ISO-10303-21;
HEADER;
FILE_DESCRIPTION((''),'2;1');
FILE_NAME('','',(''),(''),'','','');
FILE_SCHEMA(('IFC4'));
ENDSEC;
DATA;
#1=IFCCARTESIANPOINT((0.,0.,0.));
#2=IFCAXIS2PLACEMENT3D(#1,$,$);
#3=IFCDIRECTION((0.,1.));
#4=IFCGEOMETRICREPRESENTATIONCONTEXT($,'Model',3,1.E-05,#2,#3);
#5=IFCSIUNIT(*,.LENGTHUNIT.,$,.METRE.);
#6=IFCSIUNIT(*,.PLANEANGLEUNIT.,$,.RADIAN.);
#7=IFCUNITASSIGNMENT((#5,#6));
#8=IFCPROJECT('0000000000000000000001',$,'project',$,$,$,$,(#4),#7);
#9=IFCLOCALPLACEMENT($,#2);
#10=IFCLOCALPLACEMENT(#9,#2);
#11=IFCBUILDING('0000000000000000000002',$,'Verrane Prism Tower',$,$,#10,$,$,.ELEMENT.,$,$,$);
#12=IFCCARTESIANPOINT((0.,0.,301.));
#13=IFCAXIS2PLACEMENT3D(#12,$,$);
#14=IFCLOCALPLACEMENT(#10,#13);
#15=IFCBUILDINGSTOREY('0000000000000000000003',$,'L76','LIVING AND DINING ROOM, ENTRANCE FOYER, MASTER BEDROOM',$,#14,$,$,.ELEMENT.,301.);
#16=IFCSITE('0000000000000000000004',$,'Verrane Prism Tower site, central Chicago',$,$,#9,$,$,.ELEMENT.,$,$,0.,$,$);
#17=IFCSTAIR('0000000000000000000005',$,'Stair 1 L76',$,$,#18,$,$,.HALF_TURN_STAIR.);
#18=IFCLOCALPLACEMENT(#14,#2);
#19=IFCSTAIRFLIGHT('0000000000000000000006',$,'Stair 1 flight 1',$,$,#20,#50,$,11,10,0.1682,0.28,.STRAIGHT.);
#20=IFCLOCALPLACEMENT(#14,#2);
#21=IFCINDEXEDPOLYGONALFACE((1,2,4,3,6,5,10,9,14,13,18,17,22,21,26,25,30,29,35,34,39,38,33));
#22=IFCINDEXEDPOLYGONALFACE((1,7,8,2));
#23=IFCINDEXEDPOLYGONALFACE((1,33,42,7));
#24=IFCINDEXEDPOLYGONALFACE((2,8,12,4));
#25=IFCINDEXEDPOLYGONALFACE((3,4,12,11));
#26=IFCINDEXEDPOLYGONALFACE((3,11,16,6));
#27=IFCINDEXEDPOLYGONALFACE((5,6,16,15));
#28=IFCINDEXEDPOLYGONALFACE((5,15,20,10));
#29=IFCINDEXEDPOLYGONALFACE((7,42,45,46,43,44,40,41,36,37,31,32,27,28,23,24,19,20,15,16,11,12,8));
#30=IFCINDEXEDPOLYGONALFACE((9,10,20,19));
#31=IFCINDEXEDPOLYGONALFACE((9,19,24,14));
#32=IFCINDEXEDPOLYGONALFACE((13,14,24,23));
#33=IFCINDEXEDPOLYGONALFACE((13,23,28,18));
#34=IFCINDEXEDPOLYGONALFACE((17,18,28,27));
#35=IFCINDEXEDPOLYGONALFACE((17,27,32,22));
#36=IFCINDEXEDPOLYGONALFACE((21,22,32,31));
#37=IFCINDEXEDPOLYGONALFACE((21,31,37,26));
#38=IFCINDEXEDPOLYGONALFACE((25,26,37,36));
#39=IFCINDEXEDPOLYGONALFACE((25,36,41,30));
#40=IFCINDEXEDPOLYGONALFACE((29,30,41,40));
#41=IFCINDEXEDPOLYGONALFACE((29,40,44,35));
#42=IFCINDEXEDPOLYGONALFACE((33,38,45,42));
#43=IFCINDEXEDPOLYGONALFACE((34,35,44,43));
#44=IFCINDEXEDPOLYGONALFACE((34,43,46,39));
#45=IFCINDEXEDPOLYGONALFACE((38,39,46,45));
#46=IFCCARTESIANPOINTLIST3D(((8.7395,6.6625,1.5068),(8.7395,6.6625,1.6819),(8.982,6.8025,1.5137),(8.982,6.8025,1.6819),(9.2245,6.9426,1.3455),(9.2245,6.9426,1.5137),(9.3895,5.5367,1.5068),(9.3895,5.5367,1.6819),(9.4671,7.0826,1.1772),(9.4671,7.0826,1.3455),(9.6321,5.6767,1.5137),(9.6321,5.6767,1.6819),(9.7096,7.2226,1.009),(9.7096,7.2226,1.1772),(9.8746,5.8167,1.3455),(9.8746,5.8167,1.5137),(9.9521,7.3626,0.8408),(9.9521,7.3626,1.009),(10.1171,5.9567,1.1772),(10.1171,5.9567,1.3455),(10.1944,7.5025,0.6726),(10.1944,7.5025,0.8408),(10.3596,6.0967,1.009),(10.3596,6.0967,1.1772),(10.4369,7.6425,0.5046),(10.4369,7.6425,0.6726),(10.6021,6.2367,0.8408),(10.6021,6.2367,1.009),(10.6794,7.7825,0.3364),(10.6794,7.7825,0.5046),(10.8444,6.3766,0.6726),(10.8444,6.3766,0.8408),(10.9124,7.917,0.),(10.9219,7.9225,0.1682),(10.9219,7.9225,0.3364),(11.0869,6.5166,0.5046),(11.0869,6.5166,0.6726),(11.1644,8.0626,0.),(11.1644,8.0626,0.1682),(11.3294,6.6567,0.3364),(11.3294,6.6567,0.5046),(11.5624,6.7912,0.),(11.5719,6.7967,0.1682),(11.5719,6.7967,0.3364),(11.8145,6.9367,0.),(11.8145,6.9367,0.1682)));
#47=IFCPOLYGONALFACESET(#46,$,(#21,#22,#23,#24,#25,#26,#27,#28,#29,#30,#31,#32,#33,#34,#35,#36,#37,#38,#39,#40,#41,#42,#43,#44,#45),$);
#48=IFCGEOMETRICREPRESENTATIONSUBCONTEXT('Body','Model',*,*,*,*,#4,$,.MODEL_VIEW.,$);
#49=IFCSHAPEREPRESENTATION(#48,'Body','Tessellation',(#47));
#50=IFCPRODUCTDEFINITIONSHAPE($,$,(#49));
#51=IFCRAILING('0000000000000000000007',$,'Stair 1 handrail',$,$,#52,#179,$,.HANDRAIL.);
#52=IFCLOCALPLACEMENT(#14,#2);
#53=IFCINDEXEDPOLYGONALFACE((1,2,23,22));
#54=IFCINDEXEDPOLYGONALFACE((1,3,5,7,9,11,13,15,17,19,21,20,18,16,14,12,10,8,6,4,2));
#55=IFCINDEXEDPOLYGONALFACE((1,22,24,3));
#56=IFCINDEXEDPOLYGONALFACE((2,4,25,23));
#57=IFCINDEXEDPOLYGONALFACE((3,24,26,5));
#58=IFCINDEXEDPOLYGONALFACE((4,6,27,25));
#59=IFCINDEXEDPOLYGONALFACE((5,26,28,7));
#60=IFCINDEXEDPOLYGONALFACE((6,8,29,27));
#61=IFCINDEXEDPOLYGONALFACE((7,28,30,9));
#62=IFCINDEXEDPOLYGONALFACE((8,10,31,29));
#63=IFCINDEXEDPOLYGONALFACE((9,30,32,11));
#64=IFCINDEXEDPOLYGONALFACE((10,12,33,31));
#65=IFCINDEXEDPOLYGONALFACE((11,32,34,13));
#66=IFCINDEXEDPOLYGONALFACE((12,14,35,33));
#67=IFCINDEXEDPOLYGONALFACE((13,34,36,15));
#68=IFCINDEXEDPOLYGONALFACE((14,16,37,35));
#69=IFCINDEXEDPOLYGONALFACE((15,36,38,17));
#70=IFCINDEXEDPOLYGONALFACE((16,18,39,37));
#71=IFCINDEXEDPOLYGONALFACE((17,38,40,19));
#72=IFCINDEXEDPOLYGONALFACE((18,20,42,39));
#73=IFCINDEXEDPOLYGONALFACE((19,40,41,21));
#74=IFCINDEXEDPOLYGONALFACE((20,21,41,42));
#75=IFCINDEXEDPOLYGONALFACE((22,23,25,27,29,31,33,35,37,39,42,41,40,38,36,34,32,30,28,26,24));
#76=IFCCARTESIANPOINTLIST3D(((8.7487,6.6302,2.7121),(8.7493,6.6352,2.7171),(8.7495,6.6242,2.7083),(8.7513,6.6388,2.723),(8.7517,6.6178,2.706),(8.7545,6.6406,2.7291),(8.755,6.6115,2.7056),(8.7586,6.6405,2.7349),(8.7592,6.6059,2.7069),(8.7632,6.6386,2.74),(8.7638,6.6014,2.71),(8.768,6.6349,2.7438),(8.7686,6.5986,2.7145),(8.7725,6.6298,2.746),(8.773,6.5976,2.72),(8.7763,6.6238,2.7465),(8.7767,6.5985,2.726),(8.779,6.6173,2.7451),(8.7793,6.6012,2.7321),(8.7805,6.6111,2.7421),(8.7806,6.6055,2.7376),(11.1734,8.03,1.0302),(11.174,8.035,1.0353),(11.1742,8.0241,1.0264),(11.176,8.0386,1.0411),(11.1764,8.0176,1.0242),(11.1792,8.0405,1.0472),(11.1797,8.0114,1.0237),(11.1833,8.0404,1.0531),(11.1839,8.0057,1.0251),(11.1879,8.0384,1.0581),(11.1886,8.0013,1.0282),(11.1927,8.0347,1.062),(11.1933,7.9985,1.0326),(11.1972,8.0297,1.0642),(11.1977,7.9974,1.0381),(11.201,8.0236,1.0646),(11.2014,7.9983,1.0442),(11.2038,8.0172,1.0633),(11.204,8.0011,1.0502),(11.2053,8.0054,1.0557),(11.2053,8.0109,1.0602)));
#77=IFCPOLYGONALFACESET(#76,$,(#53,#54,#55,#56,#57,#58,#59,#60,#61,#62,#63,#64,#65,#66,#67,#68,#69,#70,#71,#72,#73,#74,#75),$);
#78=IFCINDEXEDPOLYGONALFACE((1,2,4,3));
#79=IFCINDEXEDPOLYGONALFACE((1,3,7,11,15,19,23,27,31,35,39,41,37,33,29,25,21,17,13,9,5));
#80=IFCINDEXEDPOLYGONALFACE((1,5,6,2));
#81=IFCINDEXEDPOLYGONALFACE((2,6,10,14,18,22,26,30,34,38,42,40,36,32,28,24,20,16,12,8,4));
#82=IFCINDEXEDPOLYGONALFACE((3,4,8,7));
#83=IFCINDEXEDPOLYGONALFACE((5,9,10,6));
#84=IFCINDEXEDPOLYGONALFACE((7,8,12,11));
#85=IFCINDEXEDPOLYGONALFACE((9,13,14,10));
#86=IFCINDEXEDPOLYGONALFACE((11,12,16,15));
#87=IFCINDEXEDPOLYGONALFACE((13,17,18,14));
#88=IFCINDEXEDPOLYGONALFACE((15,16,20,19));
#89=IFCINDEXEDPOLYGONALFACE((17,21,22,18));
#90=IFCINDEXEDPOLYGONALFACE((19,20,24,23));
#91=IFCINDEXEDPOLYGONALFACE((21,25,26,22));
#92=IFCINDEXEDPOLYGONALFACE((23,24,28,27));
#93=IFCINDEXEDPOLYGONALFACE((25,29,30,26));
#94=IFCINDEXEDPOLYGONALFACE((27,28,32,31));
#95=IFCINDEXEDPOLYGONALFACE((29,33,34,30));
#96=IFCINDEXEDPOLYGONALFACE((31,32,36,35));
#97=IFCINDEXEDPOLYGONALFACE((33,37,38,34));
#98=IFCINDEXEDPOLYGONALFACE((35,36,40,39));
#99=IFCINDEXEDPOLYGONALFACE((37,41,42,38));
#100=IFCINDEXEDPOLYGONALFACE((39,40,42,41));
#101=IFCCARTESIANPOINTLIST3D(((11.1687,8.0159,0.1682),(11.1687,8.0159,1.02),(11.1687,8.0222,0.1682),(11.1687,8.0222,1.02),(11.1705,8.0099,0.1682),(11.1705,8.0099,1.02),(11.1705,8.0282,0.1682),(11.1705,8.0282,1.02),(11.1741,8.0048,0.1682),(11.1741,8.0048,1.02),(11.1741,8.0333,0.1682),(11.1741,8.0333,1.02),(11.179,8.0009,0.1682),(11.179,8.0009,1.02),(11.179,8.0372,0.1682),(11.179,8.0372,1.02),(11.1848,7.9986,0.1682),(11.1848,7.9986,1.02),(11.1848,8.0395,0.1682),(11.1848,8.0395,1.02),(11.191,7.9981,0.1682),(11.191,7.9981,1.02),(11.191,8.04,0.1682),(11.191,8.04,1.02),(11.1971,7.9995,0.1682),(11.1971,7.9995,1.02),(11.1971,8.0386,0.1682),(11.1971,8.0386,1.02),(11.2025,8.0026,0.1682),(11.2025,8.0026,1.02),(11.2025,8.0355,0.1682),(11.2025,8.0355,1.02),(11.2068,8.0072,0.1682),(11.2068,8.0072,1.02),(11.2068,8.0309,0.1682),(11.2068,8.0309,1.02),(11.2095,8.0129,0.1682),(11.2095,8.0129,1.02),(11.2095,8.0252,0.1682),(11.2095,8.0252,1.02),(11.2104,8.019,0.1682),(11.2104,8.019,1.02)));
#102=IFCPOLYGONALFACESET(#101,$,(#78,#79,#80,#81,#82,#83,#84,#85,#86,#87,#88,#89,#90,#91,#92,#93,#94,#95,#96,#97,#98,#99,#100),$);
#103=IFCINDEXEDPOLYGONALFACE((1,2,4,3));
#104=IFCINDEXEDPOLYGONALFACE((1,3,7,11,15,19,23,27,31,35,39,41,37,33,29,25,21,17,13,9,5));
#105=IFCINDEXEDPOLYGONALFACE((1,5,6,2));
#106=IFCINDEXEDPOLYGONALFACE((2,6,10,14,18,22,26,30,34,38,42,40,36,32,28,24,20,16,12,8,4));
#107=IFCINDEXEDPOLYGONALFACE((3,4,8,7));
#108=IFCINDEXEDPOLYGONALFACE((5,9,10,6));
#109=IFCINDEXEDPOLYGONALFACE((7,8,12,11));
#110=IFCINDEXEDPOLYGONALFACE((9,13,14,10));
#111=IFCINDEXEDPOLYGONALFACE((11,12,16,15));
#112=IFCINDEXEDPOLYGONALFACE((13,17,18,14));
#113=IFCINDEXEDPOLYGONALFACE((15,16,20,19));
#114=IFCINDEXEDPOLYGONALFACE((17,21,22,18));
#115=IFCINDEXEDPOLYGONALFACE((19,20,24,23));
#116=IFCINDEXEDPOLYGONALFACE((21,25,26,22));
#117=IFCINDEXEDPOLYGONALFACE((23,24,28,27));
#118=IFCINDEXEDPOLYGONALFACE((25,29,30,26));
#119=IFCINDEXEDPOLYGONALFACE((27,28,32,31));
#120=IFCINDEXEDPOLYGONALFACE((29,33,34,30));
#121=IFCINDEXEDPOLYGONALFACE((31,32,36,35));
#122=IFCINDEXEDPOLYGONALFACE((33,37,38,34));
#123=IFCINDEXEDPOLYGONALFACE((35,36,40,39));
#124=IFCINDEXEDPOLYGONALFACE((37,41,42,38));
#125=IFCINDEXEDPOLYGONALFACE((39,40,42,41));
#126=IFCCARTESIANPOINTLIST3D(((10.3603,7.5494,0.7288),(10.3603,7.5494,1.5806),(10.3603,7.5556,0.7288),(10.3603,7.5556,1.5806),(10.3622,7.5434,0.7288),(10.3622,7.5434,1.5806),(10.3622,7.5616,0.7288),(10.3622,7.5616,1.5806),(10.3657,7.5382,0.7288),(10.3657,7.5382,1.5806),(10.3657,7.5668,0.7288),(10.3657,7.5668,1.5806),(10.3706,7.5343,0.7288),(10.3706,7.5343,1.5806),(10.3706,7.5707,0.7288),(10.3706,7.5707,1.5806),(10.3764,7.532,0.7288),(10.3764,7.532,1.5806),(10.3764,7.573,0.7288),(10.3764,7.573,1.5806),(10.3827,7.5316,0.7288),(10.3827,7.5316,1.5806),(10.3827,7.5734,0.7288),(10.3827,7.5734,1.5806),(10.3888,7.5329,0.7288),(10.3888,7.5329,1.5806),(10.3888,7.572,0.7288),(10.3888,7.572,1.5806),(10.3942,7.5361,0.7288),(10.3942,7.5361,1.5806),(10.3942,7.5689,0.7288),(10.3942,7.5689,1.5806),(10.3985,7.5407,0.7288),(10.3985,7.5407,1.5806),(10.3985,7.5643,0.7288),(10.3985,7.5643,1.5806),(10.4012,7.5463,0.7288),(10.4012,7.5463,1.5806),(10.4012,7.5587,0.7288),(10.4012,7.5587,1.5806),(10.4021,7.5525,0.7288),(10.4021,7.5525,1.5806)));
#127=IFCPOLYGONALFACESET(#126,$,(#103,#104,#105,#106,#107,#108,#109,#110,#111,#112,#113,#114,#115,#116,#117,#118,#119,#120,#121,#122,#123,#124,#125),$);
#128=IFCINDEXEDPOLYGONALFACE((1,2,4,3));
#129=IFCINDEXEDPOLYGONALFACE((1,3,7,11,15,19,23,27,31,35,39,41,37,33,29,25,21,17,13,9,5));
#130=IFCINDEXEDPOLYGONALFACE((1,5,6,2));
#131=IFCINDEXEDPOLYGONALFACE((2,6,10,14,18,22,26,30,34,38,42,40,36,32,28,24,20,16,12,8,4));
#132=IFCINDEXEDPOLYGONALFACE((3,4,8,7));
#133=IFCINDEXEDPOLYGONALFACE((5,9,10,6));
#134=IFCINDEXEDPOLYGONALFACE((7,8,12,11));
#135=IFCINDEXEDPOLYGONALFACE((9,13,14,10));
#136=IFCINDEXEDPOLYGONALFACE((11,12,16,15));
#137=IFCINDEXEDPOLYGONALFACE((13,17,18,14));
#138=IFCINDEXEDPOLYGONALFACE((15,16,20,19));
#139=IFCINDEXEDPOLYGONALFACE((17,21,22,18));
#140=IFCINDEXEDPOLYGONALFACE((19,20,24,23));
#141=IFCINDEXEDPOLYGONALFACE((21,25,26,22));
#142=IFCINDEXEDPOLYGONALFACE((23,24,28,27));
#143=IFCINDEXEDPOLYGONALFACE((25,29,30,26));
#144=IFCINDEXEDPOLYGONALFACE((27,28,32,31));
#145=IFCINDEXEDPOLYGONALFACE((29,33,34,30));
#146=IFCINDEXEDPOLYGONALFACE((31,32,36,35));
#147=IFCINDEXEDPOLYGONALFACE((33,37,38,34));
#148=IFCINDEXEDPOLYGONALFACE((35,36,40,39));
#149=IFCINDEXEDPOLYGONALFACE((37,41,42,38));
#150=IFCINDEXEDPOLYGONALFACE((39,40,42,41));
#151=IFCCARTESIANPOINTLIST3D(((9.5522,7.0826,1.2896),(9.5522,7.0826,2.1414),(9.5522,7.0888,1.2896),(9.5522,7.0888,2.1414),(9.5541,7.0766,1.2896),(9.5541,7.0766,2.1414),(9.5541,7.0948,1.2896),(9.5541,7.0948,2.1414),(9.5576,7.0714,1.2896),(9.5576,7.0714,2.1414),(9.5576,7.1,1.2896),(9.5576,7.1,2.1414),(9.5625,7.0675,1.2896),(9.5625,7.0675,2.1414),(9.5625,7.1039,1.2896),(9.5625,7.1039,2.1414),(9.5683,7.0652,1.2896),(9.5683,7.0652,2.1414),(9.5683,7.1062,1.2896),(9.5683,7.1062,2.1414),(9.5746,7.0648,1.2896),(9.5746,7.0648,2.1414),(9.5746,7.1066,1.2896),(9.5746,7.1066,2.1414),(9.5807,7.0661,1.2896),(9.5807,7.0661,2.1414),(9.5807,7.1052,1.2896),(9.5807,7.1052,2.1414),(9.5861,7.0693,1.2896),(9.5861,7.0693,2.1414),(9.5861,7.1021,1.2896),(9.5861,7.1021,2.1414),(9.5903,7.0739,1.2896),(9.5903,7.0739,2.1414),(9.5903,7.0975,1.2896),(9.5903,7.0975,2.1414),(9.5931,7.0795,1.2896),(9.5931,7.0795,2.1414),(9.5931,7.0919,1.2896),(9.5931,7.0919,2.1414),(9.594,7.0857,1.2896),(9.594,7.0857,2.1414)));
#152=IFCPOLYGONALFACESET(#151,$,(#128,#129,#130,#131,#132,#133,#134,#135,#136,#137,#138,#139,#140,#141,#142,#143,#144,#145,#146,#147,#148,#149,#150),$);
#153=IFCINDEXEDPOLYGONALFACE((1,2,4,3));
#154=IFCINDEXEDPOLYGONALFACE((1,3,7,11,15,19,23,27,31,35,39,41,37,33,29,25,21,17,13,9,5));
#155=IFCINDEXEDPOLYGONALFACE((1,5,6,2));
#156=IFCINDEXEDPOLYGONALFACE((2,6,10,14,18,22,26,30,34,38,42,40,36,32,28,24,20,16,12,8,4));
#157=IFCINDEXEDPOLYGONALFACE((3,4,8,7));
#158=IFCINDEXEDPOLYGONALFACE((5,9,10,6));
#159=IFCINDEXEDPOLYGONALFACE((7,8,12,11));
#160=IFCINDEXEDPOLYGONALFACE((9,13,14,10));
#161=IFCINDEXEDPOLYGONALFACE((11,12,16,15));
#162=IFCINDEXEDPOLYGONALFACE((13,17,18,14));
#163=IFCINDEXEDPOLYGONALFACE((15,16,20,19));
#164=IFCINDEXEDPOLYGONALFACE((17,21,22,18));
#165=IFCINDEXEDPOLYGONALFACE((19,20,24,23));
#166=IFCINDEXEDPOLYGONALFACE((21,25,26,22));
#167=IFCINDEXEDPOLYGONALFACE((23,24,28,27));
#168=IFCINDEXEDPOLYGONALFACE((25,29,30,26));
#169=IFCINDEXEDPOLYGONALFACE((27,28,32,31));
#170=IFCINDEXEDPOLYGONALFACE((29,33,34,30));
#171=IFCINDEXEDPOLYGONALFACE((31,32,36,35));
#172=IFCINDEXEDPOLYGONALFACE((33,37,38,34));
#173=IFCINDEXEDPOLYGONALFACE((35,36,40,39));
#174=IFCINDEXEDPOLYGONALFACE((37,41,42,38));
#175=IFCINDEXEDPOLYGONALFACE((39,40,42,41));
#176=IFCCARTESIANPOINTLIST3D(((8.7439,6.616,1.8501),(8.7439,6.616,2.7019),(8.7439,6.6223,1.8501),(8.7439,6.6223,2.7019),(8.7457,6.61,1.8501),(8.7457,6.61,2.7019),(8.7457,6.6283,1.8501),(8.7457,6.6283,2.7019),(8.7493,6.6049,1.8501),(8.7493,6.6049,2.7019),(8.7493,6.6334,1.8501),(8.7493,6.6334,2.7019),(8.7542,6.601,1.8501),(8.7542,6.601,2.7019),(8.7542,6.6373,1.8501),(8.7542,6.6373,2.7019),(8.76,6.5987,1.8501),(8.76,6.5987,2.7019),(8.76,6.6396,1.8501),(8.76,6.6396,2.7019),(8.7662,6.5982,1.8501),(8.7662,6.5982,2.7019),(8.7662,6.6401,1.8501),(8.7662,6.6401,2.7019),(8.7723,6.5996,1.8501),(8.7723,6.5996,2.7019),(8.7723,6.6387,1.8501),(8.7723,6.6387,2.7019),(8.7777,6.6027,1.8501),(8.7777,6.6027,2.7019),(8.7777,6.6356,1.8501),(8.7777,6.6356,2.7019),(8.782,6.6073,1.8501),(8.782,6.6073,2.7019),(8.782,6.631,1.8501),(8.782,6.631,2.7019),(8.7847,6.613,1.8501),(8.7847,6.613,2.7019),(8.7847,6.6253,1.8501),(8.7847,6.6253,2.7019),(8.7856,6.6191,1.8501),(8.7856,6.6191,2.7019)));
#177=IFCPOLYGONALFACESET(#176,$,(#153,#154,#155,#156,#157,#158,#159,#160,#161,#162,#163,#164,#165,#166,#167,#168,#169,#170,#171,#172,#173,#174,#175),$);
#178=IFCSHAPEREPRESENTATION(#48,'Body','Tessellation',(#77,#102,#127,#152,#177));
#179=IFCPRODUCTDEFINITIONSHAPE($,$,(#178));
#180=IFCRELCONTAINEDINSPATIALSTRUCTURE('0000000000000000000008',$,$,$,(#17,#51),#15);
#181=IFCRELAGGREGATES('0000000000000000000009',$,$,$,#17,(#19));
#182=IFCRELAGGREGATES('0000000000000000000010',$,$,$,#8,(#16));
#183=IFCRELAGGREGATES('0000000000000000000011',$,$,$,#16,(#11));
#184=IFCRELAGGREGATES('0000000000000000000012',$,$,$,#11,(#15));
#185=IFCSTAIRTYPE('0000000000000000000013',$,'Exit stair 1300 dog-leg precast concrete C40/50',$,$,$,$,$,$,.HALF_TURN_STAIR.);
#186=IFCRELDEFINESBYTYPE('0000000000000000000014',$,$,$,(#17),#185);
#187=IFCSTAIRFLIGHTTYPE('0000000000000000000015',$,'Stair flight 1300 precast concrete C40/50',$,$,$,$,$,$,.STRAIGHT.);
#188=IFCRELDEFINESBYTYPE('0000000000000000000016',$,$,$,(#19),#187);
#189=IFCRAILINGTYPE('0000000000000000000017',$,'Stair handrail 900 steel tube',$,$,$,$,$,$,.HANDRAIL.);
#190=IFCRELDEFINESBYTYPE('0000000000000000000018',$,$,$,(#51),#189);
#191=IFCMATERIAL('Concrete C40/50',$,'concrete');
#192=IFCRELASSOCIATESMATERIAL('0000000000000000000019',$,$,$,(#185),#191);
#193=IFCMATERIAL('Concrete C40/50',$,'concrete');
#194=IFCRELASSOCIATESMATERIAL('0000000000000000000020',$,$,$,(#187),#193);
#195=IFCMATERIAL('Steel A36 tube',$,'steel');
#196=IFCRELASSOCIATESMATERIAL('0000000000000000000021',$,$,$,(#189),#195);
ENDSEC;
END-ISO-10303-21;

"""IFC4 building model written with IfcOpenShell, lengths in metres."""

from ifc_helpers import new_model, si_unit, direction, frame, origin, origin_2d, place, context, subcontext, project, spatial, polyline, circle, outline, extrude, material, type_object, element, aggregate, save


model = new_model("IFC4")

# Units and contexts
model_context = context("Model", 3, precision=1e-05, world=origin(), true_north=direction((0.0, 1.0)))
body_context = subcontext(model_context, "Body", "Model", "MODEL_VIEW")
ifc_project = project(units=[si_unit("LENGTHUNIT", "METRE"), si_unit("PLANEANGLEUNIT", "RADIAN")], contexts=[model_context])

# Site, building, storey
site_placement = place(None, origin())
site = spatial("IfcSite", under=ifc_project, at=site_placement, Name="Verrane Prism Tower site, central Chicago", CompositionType="ELEMENT", RefElevation=0.0)
building_placement = place(site_placement, origin())
building = spatial("IfcBuilding", under=site, at=building_placement, Name="Verrane Prism Tower", CompositionType="ELEMENT")
storey_placement = place(building_placement, frame((0.0, 0.0, 301.0)))
storey = spatial("IfcBuildingStorey", under=building, at=storey_placement, Name="L76", Description="LIVING AND DINING ROOM, ENTRANCE FOYER, MASTER BEDROOM", CompositionType="ELEMENT", Elevation=301.0)

# Stair, stair flight
ifc_material_1 = material(Name="Concrete C40/50", Category="concrete")
stair_type = type_object("IfcStairType", Name="Exit stair 1300 dog-leg precast concrete C40/50", PredefinedType="HALF_TURN_STAIR", material=ifc_material_1)
stair_placement = place(storey_placement, origin())
stair = element("IfcStair", 1, at=stair_placement, inside=storey, type_object=stair_type, Name="Stair 1 L76", PredefinedType="HALF_TURN_STAIR")
ifc_material_2 = material(Name="Concrete C40/50", Category="concrete")
stair_flight_type = type_object("IfcStairFlightType", Name="Stair flight 1300 precast concrete C40/50", PredefinedType="STRAIGHT", material=ifc_material_2)
stair_flight_placement = place(storey_placement, frame((11.4895, 7.4995, 0.0), z_axis=(0.0, 0.0, 1.0), x_axis=(-0.866025, -0.5, 0.0)))
stair_flight = element("IfcStairFlight", 2, at=stair_flight_placement, type_object=stair_flight_type, Name="Stair 1 flight 1", NumberOfRisers=11, NumberOfTreads=10, PredefinedType="STRAIGHT", RiserHeight=0.1682, TreadLength=0.28, context=body_context, shape_type="SweptSolid", body=[
    extrude(outline(polyline([(0.0, 0.0), (0.0, 0.1682), (0.28, 0.1682), (0.28, 0.3364), (0.5601, 0.3364), (0.5601, 0.5046), (0.8401, 0.5046), (0.8401, 0.6726), (1.1201, 0.6726), (1.1201, 0.8408), (1.3999, 0.8408), (1.3999, 1.009), (1.6799, 1.009), (1.6799, 1.1772), (1.96, 1.1772), (1.96, 1.3455), (2.24, 1.3455), (2.24, 1.5137), (2.52, 1.5137), (2.52, 1.6819), (2.8, 1.6819), (2.8, 1.8501), (2.8, 1.5068), (0.291, 0.0), (0.0, 0.0)])), frame((0.0, 0.6499, 0.0), z_axis=(0.0, -1.0, 0.0), x_axis=(1.0, 0.0, 0.0)), (0.0, 0.0, 1.0), 1.3),
])
aggregate(stair, [stair_flight])

# Railing
ifc_material_3 = material(Name="Steel A36 tube", Category="steel")
railing_type_1 = type_object("IfcRailingType", Name="Stair handrail 900 steel tube", PredefinedType="HANDRAIL", material=ifc_material_3)
railing_1_placement = place(storey_placement, frame((11.1895, 8.019, 0.1682)))
element("IfcRailing", 3, at=railing_1_placement, inside=storey, type_object=railing_type_1, Name="Stair 1 handrail", PredefinedType="HANDRAIL", context=body_context, shape_type="SweptSolid", body=[
    extrude(circle(Radius=0.0239, at=origin_2d()), frame((0.0, 0.0, 0.876), z_axis=(-0.74239, -0.428601, 0.514934), x_axis=(0.499984, -0.866035, 0.0)), (0.0, 0.0, 1.0), 3.2661),
    extrude(circle(Radius=0.021, at=origin_2d()), origin(), (0.0, 0.0, 1.0), 0.8518),
    extrude(circle(Radius=0.021, at=origin_2d()), frame((-0.8083, -0.4666, 0.5605)), (0.0, 0.0, 1.0), 0.8518),
    extrude(circle(Radius=0.021, at=origin_2d()), frame((-1.6165, -0.9333, 1.1213)), (0.0, 0.0, 1.0), 0.8518),
    extrude(circle(Radius=0.021, at=origin_2d()), frame((-2.4248, -1.3999, 1.6819)), (0.0, 0.0, 1.0), 0.8518),
])

save(model, "model.ifc")
